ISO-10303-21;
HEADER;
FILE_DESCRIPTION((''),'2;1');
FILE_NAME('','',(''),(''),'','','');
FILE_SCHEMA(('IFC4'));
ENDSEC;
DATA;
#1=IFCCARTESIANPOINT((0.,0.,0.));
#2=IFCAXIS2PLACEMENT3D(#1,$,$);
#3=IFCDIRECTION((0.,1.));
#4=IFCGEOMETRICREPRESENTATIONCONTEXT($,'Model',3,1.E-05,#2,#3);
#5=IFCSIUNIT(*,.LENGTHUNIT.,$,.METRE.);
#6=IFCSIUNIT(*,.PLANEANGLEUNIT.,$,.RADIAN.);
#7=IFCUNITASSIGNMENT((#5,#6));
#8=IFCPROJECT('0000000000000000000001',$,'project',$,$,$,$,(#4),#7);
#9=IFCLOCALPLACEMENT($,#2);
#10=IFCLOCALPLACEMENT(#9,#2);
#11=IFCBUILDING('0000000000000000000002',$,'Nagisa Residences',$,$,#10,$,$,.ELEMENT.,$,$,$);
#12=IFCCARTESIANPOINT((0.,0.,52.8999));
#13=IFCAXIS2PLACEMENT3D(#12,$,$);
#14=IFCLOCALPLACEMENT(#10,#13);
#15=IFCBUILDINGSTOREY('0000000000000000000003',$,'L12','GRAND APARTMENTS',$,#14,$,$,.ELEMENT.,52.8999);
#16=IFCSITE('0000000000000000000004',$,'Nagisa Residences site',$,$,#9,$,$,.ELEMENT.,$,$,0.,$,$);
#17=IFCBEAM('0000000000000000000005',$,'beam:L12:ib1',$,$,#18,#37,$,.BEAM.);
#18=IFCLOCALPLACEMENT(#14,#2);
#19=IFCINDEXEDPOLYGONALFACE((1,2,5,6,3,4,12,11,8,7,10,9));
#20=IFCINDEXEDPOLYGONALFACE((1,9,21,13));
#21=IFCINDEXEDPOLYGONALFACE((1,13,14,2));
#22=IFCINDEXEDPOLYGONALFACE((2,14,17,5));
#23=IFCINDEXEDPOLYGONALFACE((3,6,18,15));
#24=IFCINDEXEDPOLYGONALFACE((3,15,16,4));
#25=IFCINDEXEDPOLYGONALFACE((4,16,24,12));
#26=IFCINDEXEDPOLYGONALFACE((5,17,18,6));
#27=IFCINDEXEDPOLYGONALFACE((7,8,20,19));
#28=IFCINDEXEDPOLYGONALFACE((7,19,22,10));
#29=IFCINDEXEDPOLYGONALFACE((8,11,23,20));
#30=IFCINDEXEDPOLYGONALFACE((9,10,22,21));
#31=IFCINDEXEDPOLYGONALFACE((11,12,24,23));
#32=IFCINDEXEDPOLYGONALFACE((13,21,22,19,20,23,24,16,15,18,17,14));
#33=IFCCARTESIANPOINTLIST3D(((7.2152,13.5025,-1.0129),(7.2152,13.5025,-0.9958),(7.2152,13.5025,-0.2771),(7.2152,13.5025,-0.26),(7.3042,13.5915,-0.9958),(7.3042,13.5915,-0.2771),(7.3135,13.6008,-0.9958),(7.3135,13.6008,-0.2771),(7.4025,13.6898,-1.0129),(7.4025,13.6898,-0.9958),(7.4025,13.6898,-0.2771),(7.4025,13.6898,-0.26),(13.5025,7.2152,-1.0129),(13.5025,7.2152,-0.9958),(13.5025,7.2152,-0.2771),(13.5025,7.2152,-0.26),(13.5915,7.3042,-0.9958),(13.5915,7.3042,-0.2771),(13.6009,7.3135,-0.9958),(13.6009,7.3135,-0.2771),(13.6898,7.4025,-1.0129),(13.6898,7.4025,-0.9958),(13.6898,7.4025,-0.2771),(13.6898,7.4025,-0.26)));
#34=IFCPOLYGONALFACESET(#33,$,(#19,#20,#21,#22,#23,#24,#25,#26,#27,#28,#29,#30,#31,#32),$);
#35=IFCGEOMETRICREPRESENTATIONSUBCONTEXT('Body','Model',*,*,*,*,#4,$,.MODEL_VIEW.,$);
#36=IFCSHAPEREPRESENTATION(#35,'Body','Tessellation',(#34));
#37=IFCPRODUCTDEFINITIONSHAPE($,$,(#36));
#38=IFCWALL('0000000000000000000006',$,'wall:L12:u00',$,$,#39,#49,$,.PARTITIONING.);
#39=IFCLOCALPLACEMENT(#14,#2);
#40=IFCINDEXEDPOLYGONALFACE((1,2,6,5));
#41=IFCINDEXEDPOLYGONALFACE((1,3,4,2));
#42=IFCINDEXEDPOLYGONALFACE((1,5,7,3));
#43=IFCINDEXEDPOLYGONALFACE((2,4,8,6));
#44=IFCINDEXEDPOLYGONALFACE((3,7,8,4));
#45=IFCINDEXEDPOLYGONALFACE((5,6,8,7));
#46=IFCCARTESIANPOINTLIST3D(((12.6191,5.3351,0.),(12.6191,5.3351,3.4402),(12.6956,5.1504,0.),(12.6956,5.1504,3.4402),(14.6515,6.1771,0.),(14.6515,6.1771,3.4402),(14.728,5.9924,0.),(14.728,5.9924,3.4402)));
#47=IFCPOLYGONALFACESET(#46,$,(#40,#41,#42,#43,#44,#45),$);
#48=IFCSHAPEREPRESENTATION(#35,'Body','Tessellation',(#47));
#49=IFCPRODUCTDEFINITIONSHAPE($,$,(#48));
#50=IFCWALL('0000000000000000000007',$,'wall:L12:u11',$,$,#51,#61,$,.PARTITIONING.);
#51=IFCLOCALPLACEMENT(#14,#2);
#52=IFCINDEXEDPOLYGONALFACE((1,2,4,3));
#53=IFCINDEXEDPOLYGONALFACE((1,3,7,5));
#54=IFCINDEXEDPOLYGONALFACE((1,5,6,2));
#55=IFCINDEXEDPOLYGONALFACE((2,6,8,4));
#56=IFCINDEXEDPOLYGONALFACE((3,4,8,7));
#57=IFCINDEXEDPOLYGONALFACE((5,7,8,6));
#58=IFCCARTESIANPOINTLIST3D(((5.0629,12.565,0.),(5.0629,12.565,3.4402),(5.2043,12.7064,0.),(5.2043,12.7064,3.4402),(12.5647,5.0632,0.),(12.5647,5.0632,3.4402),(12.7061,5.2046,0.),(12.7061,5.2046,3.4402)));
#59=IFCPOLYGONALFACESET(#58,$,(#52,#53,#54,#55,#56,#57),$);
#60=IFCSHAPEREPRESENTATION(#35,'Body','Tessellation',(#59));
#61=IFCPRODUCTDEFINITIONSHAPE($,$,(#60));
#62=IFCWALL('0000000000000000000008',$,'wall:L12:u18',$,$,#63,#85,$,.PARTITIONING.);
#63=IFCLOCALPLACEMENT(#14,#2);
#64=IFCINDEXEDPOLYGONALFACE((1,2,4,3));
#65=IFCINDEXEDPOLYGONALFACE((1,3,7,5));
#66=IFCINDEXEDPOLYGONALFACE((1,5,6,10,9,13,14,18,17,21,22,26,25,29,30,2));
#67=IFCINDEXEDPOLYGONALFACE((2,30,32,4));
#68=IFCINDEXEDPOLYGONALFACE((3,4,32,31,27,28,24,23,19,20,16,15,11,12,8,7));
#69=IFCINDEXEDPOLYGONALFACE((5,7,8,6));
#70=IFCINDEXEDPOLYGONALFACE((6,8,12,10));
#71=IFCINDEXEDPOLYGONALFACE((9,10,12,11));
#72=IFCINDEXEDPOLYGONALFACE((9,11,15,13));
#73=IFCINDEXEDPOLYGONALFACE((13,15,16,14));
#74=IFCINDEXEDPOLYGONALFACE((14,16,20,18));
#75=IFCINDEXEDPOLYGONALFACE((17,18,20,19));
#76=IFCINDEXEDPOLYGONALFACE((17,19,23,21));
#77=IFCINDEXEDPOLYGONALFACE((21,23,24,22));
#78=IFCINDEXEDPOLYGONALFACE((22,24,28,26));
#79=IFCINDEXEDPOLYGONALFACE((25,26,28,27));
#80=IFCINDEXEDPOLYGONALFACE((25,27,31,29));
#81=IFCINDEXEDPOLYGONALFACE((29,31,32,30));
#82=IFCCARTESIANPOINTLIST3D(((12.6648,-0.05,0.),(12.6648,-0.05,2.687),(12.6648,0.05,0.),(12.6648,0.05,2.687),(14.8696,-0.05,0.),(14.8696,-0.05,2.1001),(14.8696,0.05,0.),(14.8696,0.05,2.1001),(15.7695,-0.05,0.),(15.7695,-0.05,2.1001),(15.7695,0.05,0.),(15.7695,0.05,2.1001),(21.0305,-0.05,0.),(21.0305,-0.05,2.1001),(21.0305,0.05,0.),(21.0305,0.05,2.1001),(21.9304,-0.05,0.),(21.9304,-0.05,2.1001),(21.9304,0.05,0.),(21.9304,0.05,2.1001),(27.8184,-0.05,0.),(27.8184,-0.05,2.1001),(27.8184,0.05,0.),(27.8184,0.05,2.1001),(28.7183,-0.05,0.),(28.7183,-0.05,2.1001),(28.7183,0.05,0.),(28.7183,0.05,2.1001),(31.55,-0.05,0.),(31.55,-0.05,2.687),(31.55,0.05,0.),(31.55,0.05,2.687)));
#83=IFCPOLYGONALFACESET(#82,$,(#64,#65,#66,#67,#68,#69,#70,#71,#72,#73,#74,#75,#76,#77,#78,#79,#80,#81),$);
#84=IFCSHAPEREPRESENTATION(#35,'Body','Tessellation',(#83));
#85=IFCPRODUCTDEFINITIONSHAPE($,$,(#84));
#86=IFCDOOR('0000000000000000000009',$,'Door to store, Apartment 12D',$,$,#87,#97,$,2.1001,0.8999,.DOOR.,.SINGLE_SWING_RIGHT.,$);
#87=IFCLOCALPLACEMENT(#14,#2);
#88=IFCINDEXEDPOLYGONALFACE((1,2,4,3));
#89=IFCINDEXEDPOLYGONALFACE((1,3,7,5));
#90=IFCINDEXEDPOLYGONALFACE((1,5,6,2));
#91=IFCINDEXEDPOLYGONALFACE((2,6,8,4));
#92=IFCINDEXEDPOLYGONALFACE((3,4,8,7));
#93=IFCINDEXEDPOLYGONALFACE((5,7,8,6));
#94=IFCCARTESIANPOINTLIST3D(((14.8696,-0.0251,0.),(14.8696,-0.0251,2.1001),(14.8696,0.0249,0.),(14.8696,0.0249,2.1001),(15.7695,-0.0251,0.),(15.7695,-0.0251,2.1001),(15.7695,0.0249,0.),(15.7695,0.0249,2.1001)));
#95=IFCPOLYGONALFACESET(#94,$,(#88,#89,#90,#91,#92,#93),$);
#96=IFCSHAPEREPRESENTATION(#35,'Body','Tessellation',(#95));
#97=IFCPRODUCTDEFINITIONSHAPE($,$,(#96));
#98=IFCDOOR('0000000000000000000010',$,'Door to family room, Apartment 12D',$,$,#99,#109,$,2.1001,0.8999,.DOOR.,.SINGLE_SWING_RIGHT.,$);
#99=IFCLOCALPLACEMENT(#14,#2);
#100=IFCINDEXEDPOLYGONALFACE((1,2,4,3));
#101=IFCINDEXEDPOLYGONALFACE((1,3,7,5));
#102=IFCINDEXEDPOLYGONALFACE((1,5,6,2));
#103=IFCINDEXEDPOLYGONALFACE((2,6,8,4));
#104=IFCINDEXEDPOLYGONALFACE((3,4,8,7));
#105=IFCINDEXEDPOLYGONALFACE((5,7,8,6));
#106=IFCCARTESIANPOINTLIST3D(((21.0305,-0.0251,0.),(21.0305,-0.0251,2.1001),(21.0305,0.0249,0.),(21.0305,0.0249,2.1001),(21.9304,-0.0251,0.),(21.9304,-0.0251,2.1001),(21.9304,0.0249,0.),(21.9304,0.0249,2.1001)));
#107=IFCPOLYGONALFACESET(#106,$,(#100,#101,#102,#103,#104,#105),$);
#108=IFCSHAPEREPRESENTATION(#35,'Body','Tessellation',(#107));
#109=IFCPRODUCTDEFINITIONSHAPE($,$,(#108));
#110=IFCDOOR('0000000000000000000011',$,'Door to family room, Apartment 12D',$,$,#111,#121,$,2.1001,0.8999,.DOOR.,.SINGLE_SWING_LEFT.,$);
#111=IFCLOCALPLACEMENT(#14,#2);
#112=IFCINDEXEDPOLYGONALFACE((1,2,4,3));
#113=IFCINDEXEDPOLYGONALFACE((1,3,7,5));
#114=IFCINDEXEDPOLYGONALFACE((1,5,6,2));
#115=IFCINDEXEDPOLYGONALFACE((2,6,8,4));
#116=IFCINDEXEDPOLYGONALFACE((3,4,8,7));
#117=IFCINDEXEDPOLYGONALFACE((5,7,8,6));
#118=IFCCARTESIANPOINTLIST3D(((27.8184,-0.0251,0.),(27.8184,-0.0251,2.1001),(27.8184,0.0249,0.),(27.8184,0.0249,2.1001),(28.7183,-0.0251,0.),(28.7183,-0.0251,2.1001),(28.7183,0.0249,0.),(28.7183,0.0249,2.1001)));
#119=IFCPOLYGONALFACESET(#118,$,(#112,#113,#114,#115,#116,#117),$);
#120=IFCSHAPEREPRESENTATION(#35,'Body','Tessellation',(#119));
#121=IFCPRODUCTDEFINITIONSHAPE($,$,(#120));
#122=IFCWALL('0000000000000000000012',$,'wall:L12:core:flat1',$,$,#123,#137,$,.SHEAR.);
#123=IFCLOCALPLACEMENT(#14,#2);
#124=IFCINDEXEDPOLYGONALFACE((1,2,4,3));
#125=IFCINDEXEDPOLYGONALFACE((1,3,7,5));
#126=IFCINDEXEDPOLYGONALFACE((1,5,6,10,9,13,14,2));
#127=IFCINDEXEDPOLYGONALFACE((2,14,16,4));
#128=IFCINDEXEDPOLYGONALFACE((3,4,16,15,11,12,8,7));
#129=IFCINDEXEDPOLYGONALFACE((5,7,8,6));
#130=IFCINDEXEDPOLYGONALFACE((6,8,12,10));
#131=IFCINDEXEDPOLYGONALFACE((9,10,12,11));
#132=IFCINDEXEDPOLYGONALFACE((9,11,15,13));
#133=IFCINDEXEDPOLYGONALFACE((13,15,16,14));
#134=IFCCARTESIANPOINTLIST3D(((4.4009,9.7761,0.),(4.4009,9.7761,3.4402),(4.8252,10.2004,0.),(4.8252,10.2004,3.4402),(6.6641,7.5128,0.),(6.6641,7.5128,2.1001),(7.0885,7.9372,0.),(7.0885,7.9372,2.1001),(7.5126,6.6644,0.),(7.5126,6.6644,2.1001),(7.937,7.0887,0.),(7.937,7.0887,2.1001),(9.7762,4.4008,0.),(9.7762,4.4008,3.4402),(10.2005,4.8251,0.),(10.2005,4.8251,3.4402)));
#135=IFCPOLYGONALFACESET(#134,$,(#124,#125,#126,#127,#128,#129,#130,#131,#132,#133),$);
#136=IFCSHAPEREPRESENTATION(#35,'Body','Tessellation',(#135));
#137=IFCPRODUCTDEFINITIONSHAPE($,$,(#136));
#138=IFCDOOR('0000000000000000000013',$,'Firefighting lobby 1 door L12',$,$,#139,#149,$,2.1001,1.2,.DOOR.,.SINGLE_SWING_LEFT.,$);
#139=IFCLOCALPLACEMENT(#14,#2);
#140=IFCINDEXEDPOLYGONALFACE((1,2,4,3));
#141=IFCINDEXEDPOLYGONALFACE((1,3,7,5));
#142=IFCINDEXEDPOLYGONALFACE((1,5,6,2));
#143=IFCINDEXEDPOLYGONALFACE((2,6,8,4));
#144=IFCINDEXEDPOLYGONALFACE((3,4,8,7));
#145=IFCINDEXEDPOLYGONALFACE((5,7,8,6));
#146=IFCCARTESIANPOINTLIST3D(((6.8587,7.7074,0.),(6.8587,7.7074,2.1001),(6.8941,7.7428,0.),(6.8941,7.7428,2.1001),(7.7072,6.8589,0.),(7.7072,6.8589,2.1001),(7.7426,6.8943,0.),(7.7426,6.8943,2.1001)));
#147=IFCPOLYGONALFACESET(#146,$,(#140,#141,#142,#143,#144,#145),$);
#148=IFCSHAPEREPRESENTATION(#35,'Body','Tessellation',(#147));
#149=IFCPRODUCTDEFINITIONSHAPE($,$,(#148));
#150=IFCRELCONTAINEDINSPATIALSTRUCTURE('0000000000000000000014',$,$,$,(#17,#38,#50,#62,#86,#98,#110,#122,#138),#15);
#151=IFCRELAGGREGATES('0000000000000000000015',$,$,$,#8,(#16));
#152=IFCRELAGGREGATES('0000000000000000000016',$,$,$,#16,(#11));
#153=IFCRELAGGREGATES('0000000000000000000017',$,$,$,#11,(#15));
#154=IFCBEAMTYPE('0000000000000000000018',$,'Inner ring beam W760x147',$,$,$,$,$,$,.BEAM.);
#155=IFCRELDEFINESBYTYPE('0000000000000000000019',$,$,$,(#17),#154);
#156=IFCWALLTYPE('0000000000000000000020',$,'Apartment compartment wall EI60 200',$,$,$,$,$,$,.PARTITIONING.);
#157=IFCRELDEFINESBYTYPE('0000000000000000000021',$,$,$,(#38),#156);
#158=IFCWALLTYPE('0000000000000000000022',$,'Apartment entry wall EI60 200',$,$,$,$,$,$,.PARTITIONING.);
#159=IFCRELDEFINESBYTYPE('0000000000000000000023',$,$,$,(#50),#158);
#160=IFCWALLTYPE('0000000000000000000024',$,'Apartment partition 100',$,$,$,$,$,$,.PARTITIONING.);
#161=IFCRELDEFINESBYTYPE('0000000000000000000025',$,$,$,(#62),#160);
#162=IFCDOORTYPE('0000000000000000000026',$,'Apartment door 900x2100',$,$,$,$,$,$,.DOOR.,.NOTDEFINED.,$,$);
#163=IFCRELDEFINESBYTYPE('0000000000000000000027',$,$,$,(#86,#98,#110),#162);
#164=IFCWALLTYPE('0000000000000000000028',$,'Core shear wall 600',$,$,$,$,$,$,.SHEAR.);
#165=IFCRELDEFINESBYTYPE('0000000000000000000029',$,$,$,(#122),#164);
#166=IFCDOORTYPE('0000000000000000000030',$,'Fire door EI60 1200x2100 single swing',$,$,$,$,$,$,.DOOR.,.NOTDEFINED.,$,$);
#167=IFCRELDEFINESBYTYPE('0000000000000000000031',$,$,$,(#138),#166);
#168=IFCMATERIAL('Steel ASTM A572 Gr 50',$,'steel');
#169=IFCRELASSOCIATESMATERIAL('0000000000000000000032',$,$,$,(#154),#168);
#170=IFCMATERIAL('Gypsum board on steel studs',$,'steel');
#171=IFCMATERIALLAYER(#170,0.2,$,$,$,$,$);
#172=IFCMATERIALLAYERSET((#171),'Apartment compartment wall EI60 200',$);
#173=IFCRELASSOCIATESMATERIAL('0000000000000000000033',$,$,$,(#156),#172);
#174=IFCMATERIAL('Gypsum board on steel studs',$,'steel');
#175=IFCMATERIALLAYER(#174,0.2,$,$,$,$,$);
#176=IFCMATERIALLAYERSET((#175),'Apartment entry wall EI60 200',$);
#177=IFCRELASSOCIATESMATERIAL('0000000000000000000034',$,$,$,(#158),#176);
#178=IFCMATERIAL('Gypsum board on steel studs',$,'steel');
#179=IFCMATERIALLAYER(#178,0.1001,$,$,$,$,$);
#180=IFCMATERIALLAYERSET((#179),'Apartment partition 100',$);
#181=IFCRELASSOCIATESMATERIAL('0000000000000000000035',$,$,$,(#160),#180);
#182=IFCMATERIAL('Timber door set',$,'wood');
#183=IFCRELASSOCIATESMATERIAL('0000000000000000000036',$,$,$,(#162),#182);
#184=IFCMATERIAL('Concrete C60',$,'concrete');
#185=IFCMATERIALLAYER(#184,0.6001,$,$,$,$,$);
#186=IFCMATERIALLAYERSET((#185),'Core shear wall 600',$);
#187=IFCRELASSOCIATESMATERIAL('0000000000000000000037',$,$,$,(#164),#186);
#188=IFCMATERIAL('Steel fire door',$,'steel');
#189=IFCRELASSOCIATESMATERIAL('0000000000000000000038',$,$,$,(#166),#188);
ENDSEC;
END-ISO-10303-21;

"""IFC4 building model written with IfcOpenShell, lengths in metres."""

from ifc_helpers import new_model, si_unit, direction, frame, frame_2d, origin, origin_2d, place, context, subcontext, project, spatial, rectangle, i_section, extrude, material, layer, layer_set, material_profile, profile_set, type_object, element, fill, save


model = new_model("IFC4")

# Units and contexts
model_context = context("Model", 3, precision=1e-05, world=origin(), true_north=direction((0.0, 1.0)))
body_context = subcontext(model_context, "Body", "Model", "MODEL_VIEW")
ifc_project = project(units=[si_unit("LENGTHUNIT", "METRE"), si_unit("PLANEANGLEUNIT", "RADIAN")], contexts=[model_context])

# Site, building, storey
site_placement = place(None, origin())
site = spatial("IfcSite", under=ifc_project, at=site_placement, Name="Nagisa Residences site", CompositionType="ELEMENT", RefElevation=0.0)
building_placement = place(site_placement, origin())
building = spatial("IfcBuilding", under=site, at=building_placement, Name="Nagisa Residences", CompositionType="ELEMENT")
storey_placement = place(building_placement, frame((0.0, 0.0, 52.8999)))
storey = spatial("IfcBuildingStorey", under=building, at=storey_placement, Name="L12", Description="GRAND APARTMENTS", CompositionType="ELEMENT", Elevation=52.8999)

# Beam
ifc_material_1 = material(Name="Steel ASTM A572 Gr 50", Category="steel")
ifc_material_profile = material_profile(ifc_material_1, i_section(OverallWidth=0.2649, OverallDepth=0.7529, WebThickness=0.0132, FlangeThickness=0.0171, at=origin_2d()), Name="W760x147")
ifc_profile_set = profile_set([ifc_material_profile], Name="Steel ASTM A572 Gr 50")
beam_type = type_object("IfcBeamType", Name="Inner ring beam W760x147", PredefinedType="BEAM", material=ifc_profile_set)
beam_placement = place(storey_placement, frame((13.5962, 7.3088, -0.6365), z_axis=(-0.707107, 0.707107, 0.0), x_axis=(-0.707107, -0.707107, 0.0)))
element("IfcBeam", 1, at=beam_placement, inside=storey, type_object=beam_type, Name="beam:L12:ib1", PredefinedType="BEAM", context=body_context, shape_type="SweptSolid", body=[
    extrude(i_section(OverallWidth=0.2649, OverallDepth=0.7529, WebThickness=0.0132, FlangeThickness=0.0171, at=origin_2d()), origin(), (0.0, 0.0, 1.0), 8.8916),
])

# Walls
ifc_material_2 = material(Name="Gypsum board on steel studs", Category="steel")
ifc_layer_1 = layer(ifc_material_2, 0.2)
ifc_layer_set_1 = layer_set([ifc_layer_1], Name="Apartment compartment wall EI60 200")
wall_type_1 = type_object("IfcWallType", Name="Apartment compartment wall EI60 200", PredefinedType="PARTITIONING", material=ifc_layer_set_1)
wall_1_placement = place(storey_placement, frame((12.6572, 5.2427, 0.0), z_axis=(0.0, 0.0, 1.0), x_axis=(0.923853, 0.382747, 0.0)))
element("IfcWall", 2, at=wall_1_placement, inside=storey, type_object=wall_type_1, Name="wall:L12:u00", PredefinedType="PARTITIONING", context=body_context, shape_type="SweptSolid", body=[
    extrude(rectangle(XDim=2.2, YDim=0.2, at=frame_2d((1.1001, 0.0))), origin(), (0.0, 0.0, 1.0), 3.4402),
])
ifc_material_3 = material(Name="Gypsum board on steel studs", Category="steel")
ifc_layer_2 = layer(ifc_material_3, 0.2)
ifc_layer_set_2 = layer_set([ifc_layer_2], Name="Apartment entry wall EI60 200")
wall_type_2 = type_object("IfcWallType", Name="Apartment entry wall EI60 200", PredefinedType="PARTITIONING", material=ifc_layer_set_2)
wall_2_placement = place(storey_placement, frame((12.6355, 5.1338, 0.0), z_axis=(0.0, 0.0, 1.0), x_axis=(-0.707107, 0.707107, 0.0)))
element("IfcWall", 3, at=wall_2_placement, inside=storey, type_object=wall_type_2, Name="wall:L12:u11", PredefinedType="PARTITIONING", context=body_context, shape_type="SweptSolid", body=[
    extrude(rectangle(XDim=10.6091, YDim=0.2, at=frame_2d((5.3047, 0.0))), origin(), (0.0, 0.0, 1.0), 3.4402),
])

# Wall, openings, doors
ifc_material_4 = material(Name="Gypsum board on steel studs", Category="steel")
ifc_layer_3 = layer(ifc_material_4, 0.1001)
ifc_layer_set_3 = layer_set([ifc_layer_3], Name="Apartment partition 100")
wall_type_3 = type_object("IfcWallType", Name="Apartment partition 100", PredefinedType="PARTITIONING", material=ifc_layer_set_3)
wall_3_placement = place(storey_placement, frame((12.6648, 0.0, 0.0), z_axis=(0.0, 0.0, 1.0), x_axis=(1.0, 0.0, 0.0)))
wall_3 = element("IfcWall", 4, at=wall_3_placement, inside=storey, type_object=wall_type_3, Name="wall:L12:u18", PredefinedType="PARTITIONING", context=body_context, shape_type="SweptSolid", body=[
    extrude(rectangle(XDim=18.8853, YDim=0.1001, at=frame_2d((9.4426, 0.0))), origin(), (0.0, 0.0, 1.0), 2.687),
])
opening_1_placement = place(wall_3_placement, frame((2.2048, 0.0, 0.0)))
opening_1 = element("IfcOpeningElement", 5, at=opening_1_placement, cuts=wall_3, PredefinedType="OPENING", context=body_context, shape_type="SweptSolid", body=[
    extrude(rectangle(XDim=0.8999, YDim=2.1001, at=frame_2d((0.45, 1.05))), frame((0.0, 0.0601, 0.0), z_axis=(0.0, -1.0, 0.0), x_axis=(1.0, 0.0, 0.0)), (0.0, 0.0, 1.0), 0.1201),
])
opening_2_placement = place(wall_3_placement, frame((8.3657, 0.0, 0.0)))
opening_2 = element("IfcOpeningElement", 6, at=opening_2_placement, cuts=wall_3, PredefinedType="OPENING", context=body_context, shape_type="SweptSolid", body=[
    extrude(rectangle(XDim=0.8999, YDim=2.1001, at=frame_2d((0.45, 1.05))), frame((0.0, 0.0601, 0.0), z_axis=(0.0, -1.0, 0.0), x_axis=(1.0, 0.0, 0.0)), (0.0, 0.0, 1.0), 0.1201),
])
opening_3_placement = place(wall_3_placement, frame((15.1536, 0.0, 0.0)))
opening_3 = element("IfcOpeningElement", 7, at=opening_3_placement, cuts=wall_3, PredefinedType="OPENING", context=body_context, shape_type="SweptSolid", body=[
    extrude(rectangle(XDim=0.8999, YDim=2.1001, at=frame_2d((0.45, 1.05))), frame((0.0, 0.0601, 0.0), z_axis=(0.0, -1.0, 0.0), x_axis=(1.0, 0.0, 0.0)), (0.0, 0.0, 1.0), 0.1201),
])
ifc_material_5 = material(Name="Timber door set", Category="wood")
door_type_1 = type_object("IfcDoorType", Name="Apartment door 900x2100", OperationType="NOTDEFINED", PredefinedType="DOOR", material=ifc_material_5)
door_1_placement = place(opening_1_placement, origin())
door_1 = element("IfcDoor", 8, at=door_1_placement, inside=storey, type_object=door_type_1, Name="Door to store, Apartment 12D", OperationType="SINGLE_SWING_RIGHT", OverallHeight=2.1001, OverallWidth=0.8999, PredefinedType="DOOR", context=body_context, shape_type="SweptSolid", body=[
    extrude(rectangle(XDim=0.8999, YDim=2.1001, at=frame_2d((0.45, 1.05))), frame((0.0, 0.0249, 0.0), z_axis=(0.0, -1.0, 0.0), x_axis=(1.0, 0.0, 0.0)), (0.0, 0.0, 1.0), 0.05),
])
fill(opening_1, door_1)
door_2_placement = place(opening_2_placement, origin())
door_2 = element("IfcDoor", 9, at=door_2_placement, inside=storey, type_object=door_type_1, Name="Door to family room, Apartment 12D", OperationType="SINGLE_SWING_RIGHT", OverallHeight=2.1001, OverallWidth=0.8999, PredefinedType="DOOR", context=body_context, shape_type="SweptSolid", body=[
    extrude(rectangle(XDim=0.8999, YDim=2.1001, at=frame_2d((0.45, 1.05))), frame((0.0, 0.0249, 0.0), z_axis=(0.0, -1.0, 0.0), x_axis=(1.0, 0.0, 0.0)), (0.0, 0.0, 1.0), 0.05),
])
fill(opening_2, door_2)
door_3_placement = place(opening_3_placement, origin())
door_3 = element("IfcDoor", 10, at=door_3_placement, inside=storey, type_object=door_type_1, Name="Door to family room, Apartment 12D", OperationType="SINGLE_SWING_LEFT", OverallHeight=2.1001, OverallWidth=0.8999, PredefinedType="DOOR", context=body_context, shape_type="SweptSolid", body=[
    extrude(rectangle(XDim=0.8999, YDim=2.1001, at=frame_2d((0.45, 1.05))), frame((0.0, 0.0249, 0.0), z_axis=(0.0, -1.0, 0.0), x_axis=(1.0, 0.0, 0.0)), (0.0, 0.0, 1.0), 0.05),
])
fill(opening_3, door_3)

# Wall, opening, door
ifc_material_6 = material(Name="Concrete C60", Category="concrete")
ifc_layer_4 = layer(ifc_material_6, 0.6001)
ifc_layer_set_4 = layer_set([ifc_layer_4], Name="Core shear wall 600")
wall_type_4 = type_object("IfcWallType", Name="Core shear wall 600", PredefinedType="SHEAR", material=ifc_layer_set_4)
wall_4_placement = place(storey_placement, frame((9.9883, 4.613, 0.0), z_axis=(0.0, 0.0, 1.0), x_axis=(-0.707107, 0.707107, 0.0)))
wall_4 = element("IfcWall", 11, at=wall_4_placement, inside=storey, type_object=wall_type_4, Name="wall:L12:core:flat1", PredefinedType="SHEAR", context=body_context, shape_type="SweptSolid", body=[
    extrude(rectangle(XDim=7.6018, YDim=0.6001, at=frame_2d((3.8008, 0.0))), origin(), (0.0, 0.0, 1.0), 3.4402),
])
opening_4_placement = place(wall_4_placement, frame((3.2009, 0.0, 0.0)))
opening_4 = element("IfcOpeningElement", 12, at=opening_4_placement, cuts=wall_4, PredefinedType="OPENING", context=body_context, shape_type="SweptSolid", body=[
    extrude(rectangle(XDim=1.2, YDim=2.1001, at=frame_2d((0.6001, 1.05))), frame((0.0, 0.3101, 0.0), z_axis=(0.0, -1.0, 0.0), x_axis=(1.0, 0.0, 0.0)), (0.0, 0.0, 1.0), 0.6201),
])
ifc_material_7 = material(Name="Steel fire door", Category="steel")
door_type_2 = type_object("IfcDoorType", Name="Fire door EI60 1200x2100 single swing", OperationType="NOTDEFINED", PredefinedType="DOOR", material=ifc_material_7)
door_4_placement = place(opening_4_placement, origin())
door_4 = element("IfcDoor", 13, at=door_4_placement, inside=storey, type_object=door_type_2, Name="Firefighting lobby 1 door L12", OperationType="SINGLE_SWING_LEFT", OverallHeight=2.1001, OverallWidth=1.2, PredefinedType="DOOR", context=body_context, shape_type="SweptSolid", body=[
    extrude(rectangle(XDim=1.2, YDim=2.1001, at=frame_2d((0.6001, 1.05))), frame((0.0, 0.0249, 0.0), z_axis=(0.0, -1.0, 0.0), x_axis=(1.0, 0.0, 0.0)), (0.0, 0.0, 1.0), 0.05),
])
fill(opening_4, door_4)

save(model, "model.ifc")
